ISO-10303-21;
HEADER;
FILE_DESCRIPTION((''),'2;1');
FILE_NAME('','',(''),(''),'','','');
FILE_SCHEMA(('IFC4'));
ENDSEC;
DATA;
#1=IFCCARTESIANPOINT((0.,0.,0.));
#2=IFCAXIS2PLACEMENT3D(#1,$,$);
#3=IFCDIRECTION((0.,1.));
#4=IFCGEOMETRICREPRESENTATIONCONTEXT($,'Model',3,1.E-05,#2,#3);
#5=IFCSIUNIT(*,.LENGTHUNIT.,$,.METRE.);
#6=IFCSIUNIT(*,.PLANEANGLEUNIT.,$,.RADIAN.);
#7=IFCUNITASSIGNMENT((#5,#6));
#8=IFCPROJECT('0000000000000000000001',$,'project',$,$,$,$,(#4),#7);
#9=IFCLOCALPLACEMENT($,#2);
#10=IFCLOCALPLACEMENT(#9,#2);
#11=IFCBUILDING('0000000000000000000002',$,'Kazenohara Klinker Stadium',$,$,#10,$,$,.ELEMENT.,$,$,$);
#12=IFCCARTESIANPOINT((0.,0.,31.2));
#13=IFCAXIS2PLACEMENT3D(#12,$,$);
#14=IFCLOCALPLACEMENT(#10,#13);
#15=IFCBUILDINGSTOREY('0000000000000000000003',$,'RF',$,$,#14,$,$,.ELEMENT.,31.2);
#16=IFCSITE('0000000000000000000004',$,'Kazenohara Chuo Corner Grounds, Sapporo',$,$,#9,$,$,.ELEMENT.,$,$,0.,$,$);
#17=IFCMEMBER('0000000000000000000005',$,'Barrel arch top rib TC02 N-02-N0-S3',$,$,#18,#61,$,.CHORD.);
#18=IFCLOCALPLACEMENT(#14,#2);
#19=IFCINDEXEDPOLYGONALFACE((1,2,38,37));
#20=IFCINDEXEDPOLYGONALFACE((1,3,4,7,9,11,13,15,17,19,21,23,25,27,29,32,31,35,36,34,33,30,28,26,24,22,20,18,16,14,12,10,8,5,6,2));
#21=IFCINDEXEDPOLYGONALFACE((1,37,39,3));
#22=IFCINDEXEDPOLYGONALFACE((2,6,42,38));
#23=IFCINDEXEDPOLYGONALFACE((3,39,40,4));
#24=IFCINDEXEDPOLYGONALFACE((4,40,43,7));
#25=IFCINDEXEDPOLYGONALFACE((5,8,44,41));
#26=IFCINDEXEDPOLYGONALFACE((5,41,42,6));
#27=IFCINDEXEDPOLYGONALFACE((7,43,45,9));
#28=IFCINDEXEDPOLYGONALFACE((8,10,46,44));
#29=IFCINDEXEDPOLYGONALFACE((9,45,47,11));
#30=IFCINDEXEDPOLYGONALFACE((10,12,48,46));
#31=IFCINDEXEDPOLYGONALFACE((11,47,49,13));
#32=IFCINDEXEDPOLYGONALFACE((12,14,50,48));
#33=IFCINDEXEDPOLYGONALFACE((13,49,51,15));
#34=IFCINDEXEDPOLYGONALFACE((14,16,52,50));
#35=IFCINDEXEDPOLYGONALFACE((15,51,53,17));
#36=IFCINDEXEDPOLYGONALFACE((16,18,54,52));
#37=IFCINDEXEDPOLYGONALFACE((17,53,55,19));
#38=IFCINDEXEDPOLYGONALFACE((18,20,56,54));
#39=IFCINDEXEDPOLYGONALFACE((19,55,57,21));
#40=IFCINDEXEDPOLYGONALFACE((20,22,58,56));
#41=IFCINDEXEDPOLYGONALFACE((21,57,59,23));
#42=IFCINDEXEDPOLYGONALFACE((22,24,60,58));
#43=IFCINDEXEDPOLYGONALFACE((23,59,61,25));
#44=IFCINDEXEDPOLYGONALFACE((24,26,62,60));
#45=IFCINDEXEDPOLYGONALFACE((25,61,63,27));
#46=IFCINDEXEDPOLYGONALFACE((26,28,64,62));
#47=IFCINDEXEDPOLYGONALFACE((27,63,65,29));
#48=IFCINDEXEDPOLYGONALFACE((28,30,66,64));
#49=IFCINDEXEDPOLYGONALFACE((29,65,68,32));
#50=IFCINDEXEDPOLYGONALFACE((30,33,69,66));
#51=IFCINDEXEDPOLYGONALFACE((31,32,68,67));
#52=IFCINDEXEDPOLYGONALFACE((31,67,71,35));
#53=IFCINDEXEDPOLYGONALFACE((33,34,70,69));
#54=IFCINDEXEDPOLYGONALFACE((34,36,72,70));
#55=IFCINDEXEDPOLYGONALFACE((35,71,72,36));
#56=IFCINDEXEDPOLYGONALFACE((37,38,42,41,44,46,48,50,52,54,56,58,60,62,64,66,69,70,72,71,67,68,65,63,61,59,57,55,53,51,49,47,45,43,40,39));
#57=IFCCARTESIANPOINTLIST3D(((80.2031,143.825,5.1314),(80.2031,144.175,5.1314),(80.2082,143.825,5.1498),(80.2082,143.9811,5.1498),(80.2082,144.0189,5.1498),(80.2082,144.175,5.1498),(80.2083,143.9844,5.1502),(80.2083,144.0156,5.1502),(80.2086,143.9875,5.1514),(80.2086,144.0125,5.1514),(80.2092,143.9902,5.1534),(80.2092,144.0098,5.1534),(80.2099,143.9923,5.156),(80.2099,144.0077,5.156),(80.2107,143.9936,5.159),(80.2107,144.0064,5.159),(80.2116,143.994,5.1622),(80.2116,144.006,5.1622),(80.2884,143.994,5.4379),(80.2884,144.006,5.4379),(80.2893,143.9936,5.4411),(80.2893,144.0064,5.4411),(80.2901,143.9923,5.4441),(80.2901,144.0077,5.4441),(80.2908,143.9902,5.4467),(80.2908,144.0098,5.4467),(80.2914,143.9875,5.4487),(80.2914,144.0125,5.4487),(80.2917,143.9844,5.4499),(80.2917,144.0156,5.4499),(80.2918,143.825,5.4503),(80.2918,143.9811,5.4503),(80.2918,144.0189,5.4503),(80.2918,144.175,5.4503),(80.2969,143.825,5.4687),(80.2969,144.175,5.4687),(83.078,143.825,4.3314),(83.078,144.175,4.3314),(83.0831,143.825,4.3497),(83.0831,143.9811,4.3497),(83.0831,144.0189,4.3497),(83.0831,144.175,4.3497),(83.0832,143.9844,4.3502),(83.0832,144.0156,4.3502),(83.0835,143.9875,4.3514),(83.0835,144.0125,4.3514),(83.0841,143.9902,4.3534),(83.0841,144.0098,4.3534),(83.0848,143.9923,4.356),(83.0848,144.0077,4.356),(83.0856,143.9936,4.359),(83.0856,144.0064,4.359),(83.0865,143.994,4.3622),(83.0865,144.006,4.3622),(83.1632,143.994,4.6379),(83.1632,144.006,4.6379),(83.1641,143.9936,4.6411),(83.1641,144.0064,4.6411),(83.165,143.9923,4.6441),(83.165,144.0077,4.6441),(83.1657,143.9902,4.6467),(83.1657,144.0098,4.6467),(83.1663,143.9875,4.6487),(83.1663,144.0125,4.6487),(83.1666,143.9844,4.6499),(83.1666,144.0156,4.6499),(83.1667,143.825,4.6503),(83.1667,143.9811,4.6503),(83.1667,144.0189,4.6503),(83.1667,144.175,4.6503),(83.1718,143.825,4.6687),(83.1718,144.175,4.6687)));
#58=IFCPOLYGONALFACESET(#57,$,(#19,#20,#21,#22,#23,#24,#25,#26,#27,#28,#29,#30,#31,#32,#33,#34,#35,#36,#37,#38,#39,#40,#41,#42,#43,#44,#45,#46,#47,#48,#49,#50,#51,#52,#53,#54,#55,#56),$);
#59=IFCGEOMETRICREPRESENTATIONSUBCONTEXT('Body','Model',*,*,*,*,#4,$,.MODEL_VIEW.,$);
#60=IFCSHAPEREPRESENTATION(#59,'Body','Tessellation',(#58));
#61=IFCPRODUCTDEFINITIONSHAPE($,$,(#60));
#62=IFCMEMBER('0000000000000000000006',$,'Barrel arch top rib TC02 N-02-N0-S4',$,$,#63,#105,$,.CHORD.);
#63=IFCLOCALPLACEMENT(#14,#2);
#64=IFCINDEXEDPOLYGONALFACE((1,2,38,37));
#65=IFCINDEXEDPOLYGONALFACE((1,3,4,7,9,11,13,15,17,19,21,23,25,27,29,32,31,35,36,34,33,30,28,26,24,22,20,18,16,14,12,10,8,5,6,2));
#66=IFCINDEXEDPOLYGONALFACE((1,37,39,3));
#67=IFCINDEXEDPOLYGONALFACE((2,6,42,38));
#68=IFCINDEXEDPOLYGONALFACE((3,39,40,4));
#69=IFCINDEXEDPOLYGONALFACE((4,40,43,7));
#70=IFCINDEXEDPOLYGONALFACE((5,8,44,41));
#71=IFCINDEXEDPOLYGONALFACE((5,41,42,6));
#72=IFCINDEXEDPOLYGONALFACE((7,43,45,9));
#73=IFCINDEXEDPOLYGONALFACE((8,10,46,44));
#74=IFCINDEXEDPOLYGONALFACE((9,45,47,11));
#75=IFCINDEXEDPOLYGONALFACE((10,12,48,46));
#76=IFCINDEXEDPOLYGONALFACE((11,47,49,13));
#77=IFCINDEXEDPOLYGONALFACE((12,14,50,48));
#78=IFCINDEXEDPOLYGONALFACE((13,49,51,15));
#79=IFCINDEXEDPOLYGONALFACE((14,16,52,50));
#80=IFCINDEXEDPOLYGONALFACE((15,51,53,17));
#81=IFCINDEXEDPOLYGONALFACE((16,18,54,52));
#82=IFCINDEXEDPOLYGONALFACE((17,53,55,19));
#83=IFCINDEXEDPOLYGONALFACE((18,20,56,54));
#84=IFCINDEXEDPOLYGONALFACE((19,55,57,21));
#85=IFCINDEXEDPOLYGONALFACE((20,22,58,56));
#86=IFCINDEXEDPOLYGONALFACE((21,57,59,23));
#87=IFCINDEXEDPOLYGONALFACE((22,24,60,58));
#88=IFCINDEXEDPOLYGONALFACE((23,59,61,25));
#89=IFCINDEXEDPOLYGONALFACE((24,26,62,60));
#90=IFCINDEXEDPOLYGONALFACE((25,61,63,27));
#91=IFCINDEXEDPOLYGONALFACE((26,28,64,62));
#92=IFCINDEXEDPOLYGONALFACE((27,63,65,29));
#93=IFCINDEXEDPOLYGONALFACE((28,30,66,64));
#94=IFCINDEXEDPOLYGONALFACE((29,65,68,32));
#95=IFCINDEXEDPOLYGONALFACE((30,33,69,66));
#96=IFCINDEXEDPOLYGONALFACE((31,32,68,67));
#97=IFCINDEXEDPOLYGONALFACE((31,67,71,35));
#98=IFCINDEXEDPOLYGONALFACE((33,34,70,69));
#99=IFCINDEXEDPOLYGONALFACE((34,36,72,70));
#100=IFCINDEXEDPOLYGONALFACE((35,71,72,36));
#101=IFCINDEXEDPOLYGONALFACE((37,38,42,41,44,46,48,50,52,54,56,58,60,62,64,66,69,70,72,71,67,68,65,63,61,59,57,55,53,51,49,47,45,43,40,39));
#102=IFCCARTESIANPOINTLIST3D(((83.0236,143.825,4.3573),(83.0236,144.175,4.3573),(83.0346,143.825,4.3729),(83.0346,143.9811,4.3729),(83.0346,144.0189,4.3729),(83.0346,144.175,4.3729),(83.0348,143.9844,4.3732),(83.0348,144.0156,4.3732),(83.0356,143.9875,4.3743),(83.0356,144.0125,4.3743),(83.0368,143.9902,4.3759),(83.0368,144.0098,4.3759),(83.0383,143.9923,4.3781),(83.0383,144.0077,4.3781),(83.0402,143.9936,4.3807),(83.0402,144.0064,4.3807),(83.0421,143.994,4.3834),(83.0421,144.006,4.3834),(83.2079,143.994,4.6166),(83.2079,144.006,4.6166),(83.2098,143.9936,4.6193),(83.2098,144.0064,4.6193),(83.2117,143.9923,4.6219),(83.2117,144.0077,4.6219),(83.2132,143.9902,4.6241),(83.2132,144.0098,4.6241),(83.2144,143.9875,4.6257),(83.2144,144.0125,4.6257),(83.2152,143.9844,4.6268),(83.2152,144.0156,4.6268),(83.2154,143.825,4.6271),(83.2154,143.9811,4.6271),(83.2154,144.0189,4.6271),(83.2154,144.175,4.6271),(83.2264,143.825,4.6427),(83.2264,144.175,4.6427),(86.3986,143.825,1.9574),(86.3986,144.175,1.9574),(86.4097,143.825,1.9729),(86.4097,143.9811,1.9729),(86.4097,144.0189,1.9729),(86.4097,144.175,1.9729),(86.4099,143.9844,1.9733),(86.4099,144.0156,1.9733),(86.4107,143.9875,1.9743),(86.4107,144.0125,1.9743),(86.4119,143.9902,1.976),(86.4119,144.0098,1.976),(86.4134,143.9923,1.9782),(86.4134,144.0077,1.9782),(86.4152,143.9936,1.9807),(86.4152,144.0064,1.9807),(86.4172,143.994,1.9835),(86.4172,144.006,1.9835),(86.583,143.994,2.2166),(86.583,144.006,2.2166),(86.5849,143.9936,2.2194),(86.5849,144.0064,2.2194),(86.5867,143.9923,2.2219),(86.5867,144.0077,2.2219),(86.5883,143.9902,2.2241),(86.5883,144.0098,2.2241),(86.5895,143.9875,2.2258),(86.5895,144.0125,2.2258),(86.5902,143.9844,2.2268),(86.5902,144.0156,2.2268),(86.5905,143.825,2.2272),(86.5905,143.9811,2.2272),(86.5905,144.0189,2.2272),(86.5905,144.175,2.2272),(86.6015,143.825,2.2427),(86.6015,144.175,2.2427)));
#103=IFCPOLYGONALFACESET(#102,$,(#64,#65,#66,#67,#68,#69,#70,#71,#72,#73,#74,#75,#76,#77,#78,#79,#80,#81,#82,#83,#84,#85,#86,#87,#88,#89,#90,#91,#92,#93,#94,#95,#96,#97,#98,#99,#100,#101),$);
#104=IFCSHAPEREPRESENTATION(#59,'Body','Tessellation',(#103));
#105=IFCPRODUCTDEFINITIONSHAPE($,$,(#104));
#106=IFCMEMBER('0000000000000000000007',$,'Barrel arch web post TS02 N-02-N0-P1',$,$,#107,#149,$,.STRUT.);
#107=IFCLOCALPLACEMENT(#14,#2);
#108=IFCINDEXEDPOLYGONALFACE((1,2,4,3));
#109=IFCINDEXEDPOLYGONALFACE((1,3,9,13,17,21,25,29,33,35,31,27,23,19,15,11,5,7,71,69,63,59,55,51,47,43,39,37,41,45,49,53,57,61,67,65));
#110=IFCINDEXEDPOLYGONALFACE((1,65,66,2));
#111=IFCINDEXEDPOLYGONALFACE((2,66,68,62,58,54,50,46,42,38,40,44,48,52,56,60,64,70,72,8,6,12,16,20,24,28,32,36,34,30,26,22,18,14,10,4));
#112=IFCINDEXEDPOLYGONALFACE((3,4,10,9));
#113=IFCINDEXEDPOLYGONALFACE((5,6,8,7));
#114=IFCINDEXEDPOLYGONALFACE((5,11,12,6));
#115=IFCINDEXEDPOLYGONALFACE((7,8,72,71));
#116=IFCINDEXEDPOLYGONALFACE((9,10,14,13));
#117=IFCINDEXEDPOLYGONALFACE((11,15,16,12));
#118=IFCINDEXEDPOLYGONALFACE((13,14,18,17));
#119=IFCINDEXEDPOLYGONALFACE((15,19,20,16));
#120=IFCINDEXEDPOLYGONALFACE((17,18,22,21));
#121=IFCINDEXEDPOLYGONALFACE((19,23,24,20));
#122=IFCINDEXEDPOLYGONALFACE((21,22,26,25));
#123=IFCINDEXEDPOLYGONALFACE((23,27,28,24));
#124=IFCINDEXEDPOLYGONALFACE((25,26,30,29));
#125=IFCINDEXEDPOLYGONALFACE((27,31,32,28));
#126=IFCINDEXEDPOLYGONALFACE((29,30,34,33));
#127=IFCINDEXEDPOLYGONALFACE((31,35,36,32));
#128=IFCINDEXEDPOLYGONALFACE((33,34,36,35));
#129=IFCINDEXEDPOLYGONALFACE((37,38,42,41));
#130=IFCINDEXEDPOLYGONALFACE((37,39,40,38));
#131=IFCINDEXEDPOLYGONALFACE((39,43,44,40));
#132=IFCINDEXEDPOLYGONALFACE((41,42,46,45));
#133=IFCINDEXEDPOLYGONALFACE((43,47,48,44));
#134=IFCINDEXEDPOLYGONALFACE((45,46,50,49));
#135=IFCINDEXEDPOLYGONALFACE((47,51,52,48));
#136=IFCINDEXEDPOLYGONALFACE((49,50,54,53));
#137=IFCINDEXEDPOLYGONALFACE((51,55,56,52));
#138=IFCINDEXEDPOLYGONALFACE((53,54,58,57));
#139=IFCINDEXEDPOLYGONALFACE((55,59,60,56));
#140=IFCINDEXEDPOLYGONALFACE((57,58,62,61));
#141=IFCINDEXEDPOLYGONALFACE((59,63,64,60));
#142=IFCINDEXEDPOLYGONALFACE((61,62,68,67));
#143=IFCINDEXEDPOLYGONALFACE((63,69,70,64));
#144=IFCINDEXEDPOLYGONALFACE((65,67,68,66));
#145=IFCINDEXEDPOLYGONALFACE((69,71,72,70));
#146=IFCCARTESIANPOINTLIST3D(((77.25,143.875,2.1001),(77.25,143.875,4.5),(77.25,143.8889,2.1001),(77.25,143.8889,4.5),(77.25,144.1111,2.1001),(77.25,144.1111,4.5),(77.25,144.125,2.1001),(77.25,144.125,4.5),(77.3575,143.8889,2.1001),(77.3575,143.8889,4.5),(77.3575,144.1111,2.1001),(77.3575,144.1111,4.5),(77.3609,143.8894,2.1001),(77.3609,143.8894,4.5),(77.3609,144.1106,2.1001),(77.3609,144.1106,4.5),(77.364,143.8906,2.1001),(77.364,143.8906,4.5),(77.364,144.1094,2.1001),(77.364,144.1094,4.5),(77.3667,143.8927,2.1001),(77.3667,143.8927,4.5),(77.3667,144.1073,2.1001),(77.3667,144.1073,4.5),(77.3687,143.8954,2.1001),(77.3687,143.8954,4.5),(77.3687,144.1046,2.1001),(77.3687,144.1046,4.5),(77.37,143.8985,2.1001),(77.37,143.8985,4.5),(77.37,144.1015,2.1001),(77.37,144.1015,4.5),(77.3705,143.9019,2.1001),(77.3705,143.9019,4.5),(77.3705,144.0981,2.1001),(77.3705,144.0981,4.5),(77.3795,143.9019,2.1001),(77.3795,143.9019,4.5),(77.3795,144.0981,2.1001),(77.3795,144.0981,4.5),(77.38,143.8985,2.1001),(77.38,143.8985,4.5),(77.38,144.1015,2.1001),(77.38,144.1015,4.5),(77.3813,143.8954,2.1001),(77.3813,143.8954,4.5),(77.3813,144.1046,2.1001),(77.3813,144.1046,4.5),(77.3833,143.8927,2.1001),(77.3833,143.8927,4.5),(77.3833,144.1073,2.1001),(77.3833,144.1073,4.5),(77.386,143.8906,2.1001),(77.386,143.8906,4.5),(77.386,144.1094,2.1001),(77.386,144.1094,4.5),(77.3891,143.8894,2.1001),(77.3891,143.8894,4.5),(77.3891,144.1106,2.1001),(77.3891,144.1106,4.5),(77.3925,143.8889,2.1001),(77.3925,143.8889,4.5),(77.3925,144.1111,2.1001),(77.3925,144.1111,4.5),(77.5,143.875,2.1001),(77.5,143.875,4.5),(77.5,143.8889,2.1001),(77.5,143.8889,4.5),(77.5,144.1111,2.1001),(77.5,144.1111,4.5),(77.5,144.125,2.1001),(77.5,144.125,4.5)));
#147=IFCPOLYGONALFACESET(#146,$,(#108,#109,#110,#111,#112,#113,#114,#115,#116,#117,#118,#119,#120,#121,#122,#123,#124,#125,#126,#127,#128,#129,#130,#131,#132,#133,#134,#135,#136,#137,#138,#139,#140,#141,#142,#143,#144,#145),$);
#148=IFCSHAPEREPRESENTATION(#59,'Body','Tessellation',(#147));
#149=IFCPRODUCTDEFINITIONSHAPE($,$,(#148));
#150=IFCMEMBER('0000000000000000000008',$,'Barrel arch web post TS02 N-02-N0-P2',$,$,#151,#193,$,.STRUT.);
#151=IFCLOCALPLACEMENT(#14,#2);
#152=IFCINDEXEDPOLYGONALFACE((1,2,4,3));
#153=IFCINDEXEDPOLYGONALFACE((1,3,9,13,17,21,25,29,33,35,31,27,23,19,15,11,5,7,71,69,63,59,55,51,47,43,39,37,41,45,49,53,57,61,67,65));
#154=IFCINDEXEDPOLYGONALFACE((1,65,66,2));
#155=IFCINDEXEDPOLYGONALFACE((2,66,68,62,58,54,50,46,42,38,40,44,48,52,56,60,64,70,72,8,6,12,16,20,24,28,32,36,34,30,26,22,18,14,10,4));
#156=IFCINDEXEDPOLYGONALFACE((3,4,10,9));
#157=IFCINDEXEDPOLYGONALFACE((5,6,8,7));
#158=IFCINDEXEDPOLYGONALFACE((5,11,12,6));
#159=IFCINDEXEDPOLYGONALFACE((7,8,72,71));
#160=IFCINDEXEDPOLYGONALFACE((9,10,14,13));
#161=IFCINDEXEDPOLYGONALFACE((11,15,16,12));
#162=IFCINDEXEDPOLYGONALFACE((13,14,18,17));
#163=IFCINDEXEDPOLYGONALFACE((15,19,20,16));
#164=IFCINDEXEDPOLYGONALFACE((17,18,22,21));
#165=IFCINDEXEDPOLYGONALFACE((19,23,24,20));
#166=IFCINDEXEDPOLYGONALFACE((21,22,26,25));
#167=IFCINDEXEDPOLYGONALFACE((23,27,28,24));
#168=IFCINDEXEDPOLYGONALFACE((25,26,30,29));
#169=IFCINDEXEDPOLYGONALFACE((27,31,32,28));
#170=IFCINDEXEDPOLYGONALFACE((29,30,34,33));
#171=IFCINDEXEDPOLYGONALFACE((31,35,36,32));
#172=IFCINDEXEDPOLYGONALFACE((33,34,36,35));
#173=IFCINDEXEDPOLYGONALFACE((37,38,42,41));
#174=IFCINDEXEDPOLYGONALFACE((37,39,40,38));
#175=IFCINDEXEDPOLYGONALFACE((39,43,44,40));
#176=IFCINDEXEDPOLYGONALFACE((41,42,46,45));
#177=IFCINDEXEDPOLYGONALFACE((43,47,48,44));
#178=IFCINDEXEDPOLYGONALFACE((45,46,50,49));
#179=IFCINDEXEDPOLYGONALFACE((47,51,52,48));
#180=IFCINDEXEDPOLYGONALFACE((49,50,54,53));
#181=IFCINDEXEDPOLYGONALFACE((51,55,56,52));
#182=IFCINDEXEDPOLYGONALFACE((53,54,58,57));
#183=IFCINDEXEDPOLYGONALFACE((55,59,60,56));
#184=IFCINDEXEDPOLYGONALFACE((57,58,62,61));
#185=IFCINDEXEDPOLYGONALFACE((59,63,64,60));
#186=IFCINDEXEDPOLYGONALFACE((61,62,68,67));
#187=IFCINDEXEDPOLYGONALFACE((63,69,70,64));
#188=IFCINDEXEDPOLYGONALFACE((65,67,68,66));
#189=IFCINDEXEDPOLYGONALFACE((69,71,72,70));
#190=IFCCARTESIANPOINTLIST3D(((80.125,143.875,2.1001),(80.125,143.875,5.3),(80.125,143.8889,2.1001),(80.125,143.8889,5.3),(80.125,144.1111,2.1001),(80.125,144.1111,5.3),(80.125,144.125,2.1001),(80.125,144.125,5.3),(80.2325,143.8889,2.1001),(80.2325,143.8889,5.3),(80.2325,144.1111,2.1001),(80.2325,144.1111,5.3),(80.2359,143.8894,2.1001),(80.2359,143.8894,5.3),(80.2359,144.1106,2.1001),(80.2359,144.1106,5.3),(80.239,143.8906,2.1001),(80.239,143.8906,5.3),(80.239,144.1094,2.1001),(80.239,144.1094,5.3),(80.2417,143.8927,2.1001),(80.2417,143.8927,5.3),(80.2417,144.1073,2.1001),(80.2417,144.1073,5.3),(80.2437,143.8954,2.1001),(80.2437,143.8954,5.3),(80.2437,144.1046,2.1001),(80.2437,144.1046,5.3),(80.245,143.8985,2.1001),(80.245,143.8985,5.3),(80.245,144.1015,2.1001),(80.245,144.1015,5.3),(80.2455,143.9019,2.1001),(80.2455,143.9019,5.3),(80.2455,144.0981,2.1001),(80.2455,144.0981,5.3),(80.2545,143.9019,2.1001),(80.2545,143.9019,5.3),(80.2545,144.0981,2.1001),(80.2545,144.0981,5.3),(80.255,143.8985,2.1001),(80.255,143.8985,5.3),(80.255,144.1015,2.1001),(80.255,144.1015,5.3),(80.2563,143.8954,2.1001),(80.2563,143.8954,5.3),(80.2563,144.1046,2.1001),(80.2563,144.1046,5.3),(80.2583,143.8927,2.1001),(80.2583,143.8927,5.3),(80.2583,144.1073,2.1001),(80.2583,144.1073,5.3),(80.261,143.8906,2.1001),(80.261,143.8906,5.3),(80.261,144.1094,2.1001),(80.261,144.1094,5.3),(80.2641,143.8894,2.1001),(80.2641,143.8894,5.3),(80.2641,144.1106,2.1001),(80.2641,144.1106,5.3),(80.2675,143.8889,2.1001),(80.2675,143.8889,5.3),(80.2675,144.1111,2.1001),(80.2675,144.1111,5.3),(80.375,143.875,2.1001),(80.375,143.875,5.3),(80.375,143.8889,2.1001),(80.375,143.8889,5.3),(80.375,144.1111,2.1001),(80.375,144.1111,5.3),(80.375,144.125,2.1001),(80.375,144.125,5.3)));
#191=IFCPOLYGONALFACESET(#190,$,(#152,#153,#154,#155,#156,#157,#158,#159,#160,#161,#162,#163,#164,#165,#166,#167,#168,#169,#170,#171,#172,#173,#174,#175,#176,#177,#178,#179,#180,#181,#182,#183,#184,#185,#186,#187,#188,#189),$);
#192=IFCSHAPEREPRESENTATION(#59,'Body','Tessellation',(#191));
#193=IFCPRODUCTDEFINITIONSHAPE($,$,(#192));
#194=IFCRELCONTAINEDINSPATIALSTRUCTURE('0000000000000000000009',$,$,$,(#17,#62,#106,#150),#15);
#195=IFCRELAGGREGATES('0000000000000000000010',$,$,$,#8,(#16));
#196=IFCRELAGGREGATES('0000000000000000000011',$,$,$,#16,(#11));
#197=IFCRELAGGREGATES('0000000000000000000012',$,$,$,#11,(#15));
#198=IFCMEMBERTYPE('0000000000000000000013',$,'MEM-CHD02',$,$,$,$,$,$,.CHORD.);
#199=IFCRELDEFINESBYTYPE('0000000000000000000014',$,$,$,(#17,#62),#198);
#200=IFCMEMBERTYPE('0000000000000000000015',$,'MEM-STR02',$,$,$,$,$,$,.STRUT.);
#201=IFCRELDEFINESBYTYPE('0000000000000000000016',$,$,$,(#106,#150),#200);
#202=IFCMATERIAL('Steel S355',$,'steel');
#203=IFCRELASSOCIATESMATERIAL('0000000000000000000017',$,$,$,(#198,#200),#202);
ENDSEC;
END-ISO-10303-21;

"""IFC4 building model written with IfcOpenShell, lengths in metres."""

from ifc_helpers import new_model, si_unit, direction, frame, origin, origin_2d, place, context, subcontext, project, spatial, i_section, extrude, material, material_profile, profile_set, type_object, element, save


model = new_model("IFC4")

# Units and contexts
model_context = context("Model", 3, precision=1e-05, world=origin(), true_north=direction((0.0, 1.0)))
body_context = subcontext(model_context, "Body", "Model", "MODEL_VIEW")
ifc_project = project(units=[si_unit("LENGTHUNIT", "METRE"), si_unit("PLANEANGLEUNIT", "RADIAN")], contexts=[model_context])

# Site, building, storey
site_placement = place(None, origin())
site = spatial("IfcSite", under=ifc_project, at=site_placement, Name="Kazenohara Chuo Corner Grounds, Sapporo", CompositionType="ELEMENT", RefElevation=0.0)
building_placement = place(site_placement, origin())
building = spatial("IfcBuilding", under=site, at=building_placement, Name="Kazenohara Klinker Stadium", CompositionType="ELEMENT")
storey_placement = place(building_placement, frame((0.0, 0.0, 31.2)))
storey = spatial("IfcBuildingStorey", under=building, at=storey_placement, Name="RF", CompositionType="ELEMENT", Elevation=31.2)

# Members
ifc_material_1 = material(Name="Steel S355", Category="steel")
ifc_material_profile_1 = material_profile(ifc_material_1, i_section(OverallWidth=0.3501, OverallDepth=0.3501, WebThickness=0.012, FlangeThickness=0.019, FilletRadius=0.0129, at=origin_2d()), Name="H-350x350x12x19")
ifc_profile_set_1 = profile_set([ifc_material_profile_1], Name="Steel S355")
member_type_1 = type_object("IfcMemberType", Name="MEM-CHD02", PredefinedType="CHORD", material=ifc_profile_set_1)
for number, where, z_axis, x_axis, name in (
    (1, (80.25, 144.0, 5.3), (0.963394, 0.0, -0.268091), (0.0, 1.0, 0.0), "Barrel arch top rib TC02 N-02-N0-S3"),
):
    element("IfcMember", number, at=place(storey_placement, frame(where, z_axis=z_axis, x_axis=x_axis)), inside=storey, type_object=member_type_1, Name=name, PredefinedType="CHORD", context=body_context, shape_type="SweptSolid", body=[
        extrude(i_section(OverallWidth=0.3501, OverallDepth=0.3501, WebThickness=0.012, FlangeThickness=0.019, FilletRadius=0.0129, at=origin_2d()), origin(), (0.0, 0.0, 1.0), 2.9841),
    ])
member_1_placement = place(storey_placement, frame((83.125, 144.0, 4.5), z_axis=(0.814966, 0.0, -0.579508), x_axis=(0.0, 1.0, 0.0)))
element("IfcMember", 2, at=member_1_placement, inside=storey, type_object=member_type_1, Name="Barrel arch top rib TC02 N-02-N0-S4", PredefinedType="CHORD", context=body_context, shape_type="SweptSolid", body=[
    extrude(i_section(OverallWidth=0.3501, OverallDepth=0.3501, WebThickness=0.012, FlangeThickness=0.019, FilletRadius=0.0129, at=origin_2d()), origin(), (0.0, 0.0, 1.0), 4.1414),
])
ifc_material_profile_2 = material_profile(ifc_material_1, i_section(OverallWidth=0.25, OverallDepth=0.25, WebThickness=0.009, FlangeThickness=0.0139, FilletRadius=0.0129, at=origin_2d()), Name="H-250x250x9x14")
ifc_profile_set_2 = profile_set([ifc_material_profile_2], Name="Steel S355")
member_type_2 = type_object("IfcMemberType", Name="MEM-STR02", PredefinedType="STRUT", material=ifc_profile_set_2)
member_2_placement = place(storey_placement, frame((77.375, 144.0, 2.1001), z_axis=(0.0, 0.0, 1.0), x_axis=(1.0, 0.0, 0.0)))
element("IfcMember", 3, at=member_2_placement, inside=storey, type_object=member_type_2, Name="Barrel arch web post TS02 N-02-N0-P1", PredefinedType="STRUT", context=body_context, shape_type="SweptSolid", body=[
    extrude(i_section(OverallWidth=0.25, OverallDepth=0.25, WebThickness=0.009, FlangeThickness=0.0139, FilletRadius=0.0129, at=origin_2d()), origin(), (0.0, 0.0, 1.0), 2.3999),
])
member_3_placement = place(storey_placement, frame((80.25, 144.0, 2.1001), z_axis=(0.0, 0.0, 1.0), x_axis=(1.0, 0.0, 0.0)))
element("IfcMember", 4, at=member_3_placement, inside=storey, type_object=member_type_2, Name="Barrel arch web post TS02 N-02-N0-P2", PredefinedType="STRUT", context=body_context, shape_type="SweptSolid", body=[
    extrude(i_section(OverallWidth=0.25, OverallDepth=0.25, WebThickness=0.009, FlangeThickness=0.0139, FilletRadius=0.0129, at=origin_2d()), origin(), (0.0, 0.0, 1.0), 3.2),
])

save(model, "model.ifc")
